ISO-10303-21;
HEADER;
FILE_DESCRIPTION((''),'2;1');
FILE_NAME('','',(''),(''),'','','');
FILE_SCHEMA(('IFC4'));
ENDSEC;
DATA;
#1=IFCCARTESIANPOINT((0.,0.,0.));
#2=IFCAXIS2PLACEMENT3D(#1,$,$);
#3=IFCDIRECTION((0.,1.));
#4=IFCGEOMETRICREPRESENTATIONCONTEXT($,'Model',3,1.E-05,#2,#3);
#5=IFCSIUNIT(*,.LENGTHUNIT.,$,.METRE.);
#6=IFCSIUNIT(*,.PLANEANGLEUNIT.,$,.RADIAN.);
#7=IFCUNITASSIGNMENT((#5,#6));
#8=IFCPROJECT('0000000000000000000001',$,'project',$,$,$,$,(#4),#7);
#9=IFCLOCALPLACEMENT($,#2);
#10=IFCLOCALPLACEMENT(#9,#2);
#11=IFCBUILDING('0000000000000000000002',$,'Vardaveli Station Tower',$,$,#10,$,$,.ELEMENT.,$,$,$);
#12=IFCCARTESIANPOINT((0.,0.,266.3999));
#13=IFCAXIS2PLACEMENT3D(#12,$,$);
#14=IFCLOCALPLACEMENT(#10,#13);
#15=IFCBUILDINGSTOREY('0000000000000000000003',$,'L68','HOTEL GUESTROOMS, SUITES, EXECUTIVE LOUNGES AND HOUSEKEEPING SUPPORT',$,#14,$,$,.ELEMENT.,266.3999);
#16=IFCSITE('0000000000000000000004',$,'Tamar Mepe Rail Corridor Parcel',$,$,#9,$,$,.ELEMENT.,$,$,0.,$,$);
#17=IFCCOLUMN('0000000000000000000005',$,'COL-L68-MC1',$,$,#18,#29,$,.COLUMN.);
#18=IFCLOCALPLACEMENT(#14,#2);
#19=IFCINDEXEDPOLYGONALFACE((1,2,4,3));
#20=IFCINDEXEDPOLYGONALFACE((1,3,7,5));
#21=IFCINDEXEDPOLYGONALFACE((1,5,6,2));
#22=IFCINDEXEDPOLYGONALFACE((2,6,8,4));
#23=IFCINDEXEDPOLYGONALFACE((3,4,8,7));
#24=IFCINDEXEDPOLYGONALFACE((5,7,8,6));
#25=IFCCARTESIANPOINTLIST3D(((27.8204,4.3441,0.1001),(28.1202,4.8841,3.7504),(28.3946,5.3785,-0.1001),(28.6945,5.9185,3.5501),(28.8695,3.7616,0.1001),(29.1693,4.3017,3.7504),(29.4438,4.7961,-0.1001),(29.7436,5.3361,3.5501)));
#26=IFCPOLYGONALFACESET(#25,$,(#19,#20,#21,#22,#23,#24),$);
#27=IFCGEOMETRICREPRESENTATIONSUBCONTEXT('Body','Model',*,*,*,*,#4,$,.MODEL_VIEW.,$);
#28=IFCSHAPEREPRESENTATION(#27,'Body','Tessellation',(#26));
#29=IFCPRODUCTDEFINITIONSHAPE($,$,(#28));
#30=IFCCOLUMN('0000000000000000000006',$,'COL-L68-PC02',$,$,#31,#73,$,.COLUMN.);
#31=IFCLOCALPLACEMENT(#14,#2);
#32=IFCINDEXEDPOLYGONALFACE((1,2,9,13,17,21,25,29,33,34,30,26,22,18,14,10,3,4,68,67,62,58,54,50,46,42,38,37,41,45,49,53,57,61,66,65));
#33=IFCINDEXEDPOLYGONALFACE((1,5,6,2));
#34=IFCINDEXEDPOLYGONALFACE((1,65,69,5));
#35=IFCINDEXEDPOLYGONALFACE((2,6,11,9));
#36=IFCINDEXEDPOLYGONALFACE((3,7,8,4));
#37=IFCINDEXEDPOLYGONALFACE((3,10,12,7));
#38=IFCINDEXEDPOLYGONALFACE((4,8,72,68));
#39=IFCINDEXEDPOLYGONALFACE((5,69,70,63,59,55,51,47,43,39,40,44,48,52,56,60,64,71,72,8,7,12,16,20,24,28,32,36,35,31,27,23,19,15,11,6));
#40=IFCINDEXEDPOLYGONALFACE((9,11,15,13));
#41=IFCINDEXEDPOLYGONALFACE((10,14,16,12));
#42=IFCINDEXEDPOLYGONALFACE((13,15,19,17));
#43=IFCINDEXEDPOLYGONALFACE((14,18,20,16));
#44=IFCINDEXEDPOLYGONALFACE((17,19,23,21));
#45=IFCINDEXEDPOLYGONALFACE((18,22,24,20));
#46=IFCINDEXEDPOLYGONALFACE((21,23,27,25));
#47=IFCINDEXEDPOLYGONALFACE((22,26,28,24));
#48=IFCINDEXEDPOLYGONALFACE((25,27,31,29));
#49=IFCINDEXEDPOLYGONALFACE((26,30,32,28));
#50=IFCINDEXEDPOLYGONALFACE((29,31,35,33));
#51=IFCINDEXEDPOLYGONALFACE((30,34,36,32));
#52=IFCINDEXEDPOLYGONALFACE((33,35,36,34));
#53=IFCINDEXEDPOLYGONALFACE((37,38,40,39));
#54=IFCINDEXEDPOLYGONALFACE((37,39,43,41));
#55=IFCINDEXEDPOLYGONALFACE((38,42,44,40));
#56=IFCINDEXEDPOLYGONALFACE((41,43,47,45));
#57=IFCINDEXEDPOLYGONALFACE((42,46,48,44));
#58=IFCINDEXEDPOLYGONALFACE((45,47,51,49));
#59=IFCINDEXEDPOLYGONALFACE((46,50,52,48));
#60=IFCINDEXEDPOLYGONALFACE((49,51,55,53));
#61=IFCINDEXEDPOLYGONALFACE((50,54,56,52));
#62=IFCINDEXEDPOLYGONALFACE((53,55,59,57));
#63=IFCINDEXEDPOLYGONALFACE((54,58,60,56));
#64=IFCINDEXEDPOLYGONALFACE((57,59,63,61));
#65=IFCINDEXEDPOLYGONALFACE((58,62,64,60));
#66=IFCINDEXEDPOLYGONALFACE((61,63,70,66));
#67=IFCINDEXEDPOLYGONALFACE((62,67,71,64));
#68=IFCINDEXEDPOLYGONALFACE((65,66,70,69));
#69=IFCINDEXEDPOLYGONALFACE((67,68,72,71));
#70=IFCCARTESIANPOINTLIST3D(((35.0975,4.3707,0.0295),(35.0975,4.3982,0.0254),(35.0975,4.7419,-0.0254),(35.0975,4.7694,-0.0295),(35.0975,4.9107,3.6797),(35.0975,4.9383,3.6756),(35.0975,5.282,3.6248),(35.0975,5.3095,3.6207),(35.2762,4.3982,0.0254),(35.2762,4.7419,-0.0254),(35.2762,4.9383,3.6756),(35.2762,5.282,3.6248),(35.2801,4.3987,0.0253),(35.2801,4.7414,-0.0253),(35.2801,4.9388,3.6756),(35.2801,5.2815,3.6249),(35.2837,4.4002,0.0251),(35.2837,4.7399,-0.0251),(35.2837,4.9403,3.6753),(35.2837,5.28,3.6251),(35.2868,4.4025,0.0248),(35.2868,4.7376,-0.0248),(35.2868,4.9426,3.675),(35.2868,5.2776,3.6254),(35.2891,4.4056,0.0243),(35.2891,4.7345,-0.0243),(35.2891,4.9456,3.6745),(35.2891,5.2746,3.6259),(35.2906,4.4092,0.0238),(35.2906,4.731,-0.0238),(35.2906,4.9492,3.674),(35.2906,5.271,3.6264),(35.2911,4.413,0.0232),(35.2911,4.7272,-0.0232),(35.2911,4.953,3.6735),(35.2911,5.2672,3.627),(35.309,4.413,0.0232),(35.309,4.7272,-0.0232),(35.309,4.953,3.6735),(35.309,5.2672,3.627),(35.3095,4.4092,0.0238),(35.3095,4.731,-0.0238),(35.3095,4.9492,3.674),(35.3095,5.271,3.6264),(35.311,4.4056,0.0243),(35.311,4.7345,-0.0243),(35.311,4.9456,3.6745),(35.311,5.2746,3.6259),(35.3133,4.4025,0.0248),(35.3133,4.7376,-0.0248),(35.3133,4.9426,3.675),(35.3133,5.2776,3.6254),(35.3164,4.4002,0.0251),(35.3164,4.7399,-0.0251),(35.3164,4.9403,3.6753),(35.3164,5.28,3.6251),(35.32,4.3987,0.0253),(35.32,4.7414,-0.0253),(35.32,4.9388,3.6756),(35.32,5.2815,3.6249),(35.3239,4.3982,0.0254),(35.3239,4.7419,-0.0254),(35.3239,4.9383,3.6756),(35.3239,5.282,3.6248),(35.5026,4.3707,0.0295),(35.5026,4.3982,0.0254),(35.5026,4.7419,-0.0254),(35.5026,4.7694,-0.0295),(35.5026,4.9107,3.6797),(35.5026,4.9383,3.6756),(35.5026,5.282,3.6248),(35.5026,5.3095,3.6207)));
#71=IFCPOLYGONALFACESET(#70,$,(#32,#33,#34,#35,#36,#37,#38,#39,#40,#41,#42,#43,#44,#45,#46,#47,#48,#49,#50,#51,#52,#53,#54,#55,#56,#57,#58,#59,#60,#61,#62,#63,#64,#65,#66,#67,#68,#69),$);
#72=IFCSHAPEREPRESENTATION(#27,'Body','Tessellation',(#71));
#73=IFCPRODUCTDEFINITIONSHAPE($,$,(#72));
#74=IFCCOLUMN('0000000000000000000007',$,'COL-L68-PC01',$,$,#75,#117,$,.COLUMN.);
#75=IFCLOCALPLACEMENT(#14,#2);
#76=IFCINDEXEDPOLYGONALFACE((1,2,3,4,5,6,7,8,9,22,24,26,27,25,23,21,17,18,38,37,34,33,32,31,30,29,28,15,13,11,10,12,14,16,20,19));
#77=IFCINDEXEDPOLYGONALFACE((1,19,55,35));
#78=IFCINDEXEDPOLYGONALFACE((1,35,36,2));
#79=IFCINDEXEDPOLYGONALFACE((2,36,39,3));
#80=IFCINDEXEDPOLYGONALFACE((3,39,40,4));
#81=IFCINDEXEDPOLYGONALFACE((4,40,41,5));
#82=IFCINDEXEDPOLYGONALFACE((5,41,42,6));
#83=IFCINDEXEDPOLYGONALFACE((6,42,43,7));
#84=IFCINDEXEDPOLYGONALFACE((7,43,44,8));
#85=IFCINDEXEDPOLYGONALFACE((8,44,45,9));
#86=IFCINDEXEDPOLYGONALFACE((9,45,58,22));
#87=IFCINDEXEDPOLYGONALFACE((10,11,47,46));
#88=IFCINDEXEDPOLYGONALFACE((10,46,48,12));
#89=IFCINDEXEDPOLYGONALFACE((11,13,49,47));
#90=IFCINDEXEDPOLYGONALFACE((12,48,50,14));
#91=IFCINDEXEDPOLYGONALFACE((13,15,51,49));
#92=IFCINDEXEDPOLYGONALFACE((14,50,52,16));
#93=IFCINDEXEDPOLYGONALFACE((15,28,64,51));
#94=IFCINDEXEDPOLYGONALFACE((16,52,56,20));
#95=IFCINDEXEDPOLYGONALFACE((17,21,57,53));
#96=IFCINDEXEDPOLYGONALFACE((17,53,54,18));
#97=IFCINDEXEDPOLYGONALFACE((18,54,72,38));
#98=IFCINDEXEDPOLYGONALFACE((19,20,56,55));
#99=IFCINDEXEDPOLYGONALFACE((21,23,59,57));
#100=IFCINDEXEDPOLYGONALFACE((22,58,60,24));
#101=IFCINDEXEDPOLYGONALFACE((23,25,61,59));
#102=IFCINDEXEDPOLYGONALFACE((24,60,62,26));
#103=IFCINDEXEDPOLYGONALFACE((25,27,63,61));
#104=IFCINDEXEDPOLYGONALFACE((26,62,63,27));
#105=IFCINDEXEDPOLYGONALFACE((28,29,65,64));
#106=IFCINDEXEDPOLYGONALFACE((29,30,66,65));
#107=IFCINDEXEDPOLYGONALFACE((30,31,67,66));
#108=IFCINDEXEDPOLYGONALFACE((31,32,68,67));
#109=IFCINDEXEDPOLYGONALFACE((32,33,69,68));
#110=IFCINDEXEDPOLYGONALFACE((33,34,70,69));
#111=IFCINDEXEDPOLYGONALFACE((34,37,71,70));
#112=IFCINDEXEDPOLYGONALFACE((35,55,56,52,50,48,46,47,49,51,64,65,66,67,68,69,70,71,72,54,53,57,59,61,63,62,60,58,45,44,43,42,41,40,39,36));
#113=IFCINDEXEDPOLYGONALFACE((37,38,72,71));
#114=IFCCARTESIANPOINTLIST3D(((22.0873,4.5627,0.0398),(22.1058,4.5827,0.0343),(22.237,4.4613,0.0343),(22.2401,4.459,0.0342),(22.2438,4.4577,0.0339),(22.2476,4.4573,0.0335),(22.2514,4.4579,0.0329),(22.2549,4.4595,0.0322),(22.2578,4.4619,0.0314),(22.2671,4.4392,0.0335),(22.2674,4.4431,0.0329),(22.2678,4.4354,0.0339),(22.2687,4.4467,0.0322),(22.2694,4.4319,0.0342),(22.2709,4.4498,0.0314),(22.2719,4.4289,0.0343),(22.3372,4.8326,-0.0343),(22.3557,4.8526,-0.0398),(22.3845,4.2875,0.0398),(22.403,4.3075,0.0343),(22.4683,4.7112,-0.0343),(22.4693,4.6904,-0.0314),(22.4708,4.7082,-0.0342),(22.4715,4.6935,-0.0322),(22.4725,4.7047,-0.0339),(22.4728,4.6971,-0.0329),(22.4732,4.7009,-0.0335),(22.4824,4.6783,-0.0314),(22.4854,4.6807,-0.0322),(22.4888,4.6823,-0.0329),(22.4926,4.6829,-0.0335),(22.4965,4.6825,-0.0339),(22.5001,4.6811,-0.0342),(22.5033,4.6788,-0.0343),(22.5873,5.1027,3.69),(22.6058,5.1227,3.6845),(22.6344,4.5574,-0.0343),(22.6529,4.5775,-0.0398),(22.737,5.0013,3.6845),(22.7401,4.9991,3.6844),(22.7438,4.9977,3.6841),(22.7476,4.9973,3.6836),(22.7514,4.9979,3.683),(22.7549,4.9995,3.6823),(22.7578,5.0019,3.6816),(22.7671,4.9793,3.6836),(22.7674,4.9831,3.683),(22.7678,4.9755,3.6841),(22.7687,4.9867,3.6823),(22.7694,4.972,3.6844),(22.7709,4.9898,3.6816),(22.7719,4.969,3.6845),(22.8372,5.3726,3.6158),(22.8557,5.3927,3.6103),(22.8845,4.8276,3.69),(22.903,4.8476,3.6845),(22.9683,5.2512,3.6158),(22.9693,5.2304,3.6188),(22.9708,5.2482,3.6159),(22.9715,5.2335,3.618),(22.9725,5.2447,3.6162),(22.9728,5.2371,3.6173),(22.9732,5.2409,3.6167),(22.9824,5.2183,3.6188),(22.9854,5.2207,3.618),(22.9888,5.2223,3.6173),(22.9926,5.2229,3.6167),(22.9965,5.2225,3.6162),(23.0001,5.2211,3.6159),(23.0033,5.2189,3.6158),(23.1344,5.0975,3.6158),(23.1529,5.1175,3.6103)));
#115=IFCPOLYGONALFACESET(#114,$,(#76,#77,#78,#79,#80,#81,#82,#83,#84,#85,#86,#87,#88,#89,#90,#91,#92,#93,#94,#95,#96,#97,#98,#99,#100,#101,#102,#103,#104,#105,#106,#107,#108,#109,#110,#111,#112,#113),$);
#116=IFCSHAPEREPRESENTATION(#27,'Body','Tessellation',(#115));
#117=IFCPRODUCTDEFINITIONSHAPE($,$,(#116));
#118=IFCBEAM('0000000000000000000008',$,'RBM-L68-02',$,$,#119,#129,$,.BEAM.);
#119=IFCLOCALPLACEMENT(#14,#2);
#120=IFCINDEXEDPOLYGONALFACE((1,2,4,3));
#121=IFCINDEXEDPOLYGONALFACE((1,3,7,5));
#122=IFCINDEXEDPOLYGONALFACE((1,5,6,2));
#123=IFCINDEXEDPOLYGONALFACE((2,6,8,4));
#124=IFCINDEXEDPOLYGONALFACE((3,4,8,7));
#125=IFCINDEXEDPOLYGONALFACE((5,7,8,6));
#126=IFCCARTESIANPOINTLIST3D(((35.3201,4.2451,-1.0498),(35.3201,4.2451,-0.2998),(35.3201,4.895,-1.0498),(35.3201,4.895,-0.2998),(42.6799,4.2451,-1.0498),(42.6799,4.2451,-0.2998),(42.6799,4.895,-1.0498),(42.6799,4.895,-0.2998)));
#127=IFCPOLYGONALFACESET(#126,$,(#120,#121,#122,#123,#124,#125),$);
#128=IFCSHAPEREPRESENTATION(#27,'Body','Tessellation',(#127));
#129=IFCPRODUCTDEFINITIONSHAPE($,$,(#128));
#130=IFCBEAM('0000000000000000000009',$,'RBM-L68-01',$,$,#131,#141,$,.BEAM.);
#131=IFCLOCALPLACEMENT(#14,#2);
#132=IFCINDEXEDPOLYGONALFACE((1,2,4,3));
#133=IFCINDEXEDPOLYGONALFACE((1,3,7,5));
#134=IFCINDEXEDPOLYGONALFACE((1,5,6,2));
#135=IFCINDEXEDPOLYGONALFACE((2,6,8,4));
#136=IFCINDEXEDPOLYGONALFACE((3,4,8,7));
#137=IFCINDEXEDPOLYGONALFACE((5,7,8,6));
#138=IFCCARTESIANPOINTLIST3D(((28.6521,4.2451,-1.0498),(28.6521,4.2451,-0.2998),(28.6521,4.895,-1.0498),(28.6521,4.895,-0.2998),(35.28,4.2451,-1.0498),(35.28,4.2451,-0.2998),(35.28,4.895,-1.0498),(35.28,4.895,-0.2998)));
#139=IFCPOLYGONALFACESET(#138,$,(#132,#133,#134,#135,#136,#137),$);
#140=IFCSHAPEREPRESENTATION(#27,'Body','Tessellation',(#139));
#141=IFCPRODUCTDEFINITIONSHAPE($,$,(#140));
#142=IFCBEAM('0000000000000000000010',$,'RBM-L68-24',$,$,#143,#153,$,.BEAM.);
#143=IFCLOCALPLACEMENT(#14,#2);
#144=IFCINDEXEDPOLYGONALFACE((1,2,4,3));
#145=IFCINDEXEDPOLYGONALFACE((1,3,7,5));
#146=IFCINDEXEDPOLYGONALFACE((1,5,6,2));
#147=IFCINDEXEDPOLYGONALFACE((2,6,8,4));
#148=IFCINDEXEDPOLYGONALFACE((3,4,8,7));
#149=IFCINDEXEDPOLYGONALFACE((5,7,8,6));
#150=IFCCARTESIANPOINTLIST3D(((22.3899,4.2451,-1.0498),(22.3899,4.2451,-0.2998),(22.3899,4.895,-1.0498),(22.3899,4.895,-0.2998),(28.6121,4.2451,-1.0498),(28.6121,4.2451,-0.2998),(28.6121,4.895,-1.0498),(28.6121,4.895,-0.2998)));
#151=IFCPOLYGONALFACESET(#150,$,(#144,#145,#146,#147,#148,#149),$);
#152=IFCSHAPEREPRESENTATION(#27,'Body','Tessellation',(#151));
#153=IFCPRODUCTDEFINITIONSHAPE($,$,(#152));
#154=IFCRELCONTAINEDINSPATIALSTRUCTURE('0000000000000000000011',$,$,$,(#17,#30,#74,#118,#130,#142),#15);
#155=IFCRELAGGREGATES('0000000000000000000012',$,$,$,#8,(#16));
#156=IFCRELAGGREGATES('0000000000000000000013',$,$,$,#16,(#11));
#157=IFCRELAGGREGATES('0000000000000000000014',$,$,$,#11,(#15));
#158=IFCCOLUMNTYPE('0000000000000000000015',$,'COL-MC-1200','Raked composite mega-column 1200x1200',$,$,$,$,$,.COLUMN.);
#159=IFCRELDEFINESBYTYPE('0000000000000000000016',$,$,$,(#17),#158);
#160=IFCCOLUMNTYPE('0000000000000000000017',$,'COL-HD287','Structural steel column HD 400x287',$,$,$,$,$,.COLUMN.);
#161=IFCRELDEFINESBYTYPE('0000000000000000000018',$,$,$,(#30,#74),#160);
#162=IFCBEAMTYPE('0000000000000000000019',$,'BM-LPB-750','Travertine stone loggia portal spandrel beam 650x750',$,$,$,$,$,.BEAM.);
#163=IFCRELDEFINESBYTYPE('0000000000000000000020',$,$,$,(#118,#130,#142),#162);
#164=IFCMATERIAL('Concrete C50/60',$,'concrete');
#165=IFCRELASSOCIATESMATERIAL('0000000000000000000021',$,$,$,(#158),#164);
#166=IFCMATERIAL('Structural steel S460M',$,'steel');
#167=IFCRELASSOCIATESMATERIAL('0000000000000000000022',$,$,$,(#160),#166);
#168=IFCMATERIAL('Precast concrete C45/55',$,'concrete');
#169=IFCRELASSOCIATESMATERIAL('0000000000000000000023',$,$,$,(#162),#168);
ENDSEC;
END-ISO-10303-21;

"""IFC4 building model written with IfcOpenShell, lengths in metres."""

from ifc_helpers import new_model, si_unit, direction, frame, origin, origin_2d, place, context, subcontext, project, spatial, rectangle, i_section, extrude, source, transform, mapped, material, material_profile, profile_set, type_object, element, save


model = new_model("IFC4")

# Units and contexts
model_context = context("Model", 3, precision=1e-05, world=origin(), true_north=direction((0.0, 1.0)))
body_context = subcontext(model_context, "Body", "Model", "MODEL_VIEW")
ifc_project = project(units=[si_unit("LENGTHUNIT", "METRE"), si_unit("PLANEANGLEUNIT", "RADIAN")], contexts=[model_context])

# Site, building, storey
site_placement = place(None, origin())
site = spatial("IfcSite", under=ifc_project, at=site_placement, Name="Tamar Mepe Rail Corridor Parcel", CompositionType="ELEMENT", RefElevation=0.0)
building_placement = place(site_placement, origin())
building = spatial("IfcBuilding", under=site, at=building_placement, Name="Vardaveli Station Tower", CompositionType="ELEMENT")
storey_placement = place(building_placement, frame((0.0, 0.0, 266.3999)))
storey = spatial("IfcBuildingStorey", under=building, at=storey_placement, Name="L68", Description="HOTEL GUESTROOMS, SUITES, EXECUTIVE LOUNGES AND HOUSEKEEPING SUPPORT", CompositionType="ELEMENT", Elevation=266.3999)

# Columns
ifc_material_1 = material(Name="Concrete C50/60", Category="concrete")
ifc_material_profile_1 = material_profile(ifc_material_1, rectangle(XDim=1.2, YDim=1.2, at=origin_2d()), Name="MC 1200x1200")
ifc_profile_set_1 = profile_set([ifc_material_profile_1], Name="Concrete C50/60")
column_type_1 = type_object("IfcColumnType", Name="COL-MC-1200", Description="Raked composite mega-column 1200x1200", PredefinedType="COLUMN", material=ifc_profile_set_1)
shared_shape_1 = source(origin(), body_context, "Body", "SweptSolid", [
    extrude(rectangle(XDim=1.2, YDim=1.2, at=origin_2d()), origin(), (0.0, 0.0, 1.0), 3.7021),
])
column_1_placement = place(storey_placement, frame((28.6321, 4.5701, 0.0), z_axis=(0.080984, 0.145876, 0.985983), x_axis=(-0.874306, 0.485374, 0.0)))
element("IfcColumn", 1, at=column_1_placement, inside=storey, type_object=column_type_1, Name="COL-L68-MC1", PredefinedType="COLUMN", context=body_context, shape_type="MappedRepresentation", body=[
    mapped(shared_shape_1, transform((0.0, 0.0, 0.0), scale=1.0)),
])
ifc_material_2 = material(Name="Structural steel S460M", Category="steel")
ifc_material_profile_2 = material_profile(ifc_material_2, i_section(OverallWidth=0.405, OverallDepth=0.4031, WebThickness=0.0178, FlangeThickness=0.0278, FilletRadius=0.0149, at=origin_2d()), Name="HD 400x287")
ifc_profile_set_2 = profile_set([ifc_material_profile_2], Name="Structural steel S460M")
column_type_2 = type_object("IfcColumnType", Name="COL-HD287", Description="Structural steel column HD 400x287", PredefinedType="COLUMN", material=ifc_profile_set_2)
shared_shape_2 = source(origin(), body_context, "Body", "SweptSolid", [
    extrude(i_section(OverallWidth=0.405, OverallDepth=0.4031, WebThickness=0.0178, FlangeThickness=0.0278, FilletRadius=0.0149, at=origin_2d()), origin(), (0.0, 0.0, 1.0), 3.6899),
])
column_2_placement = place(storey_placement, frame((35.3, 4.5701, 0.0), z_axis=(0.0, 0.146357, 0.989232), x_axis=(-1.0, 0.0, 0.0)))
element("IfcColumn", 2, at=column_2_placement, inside=storey, type_object=column_type_2, Name="COL-L68-PC02", PredefinedType="COLUMN", context=body_context, shape_type="MappedRepresentation", body=[
    mapped(shared_shape_2, transform((0.0, 0.0, 0.0), scale=1.0)),
])
shared_shape_3 = source(origin(), body_context, "Body", "SweptSolid", [
    extrude(i_section(OverallWidth=0.405, OverallDepth=0.4031, WebThickness=0.0178, FlangeThickness=0.0278, FilletRadius=0.0149, at=origin_2d()), origin(), (0.0, 0.0, 1.0), 3.7236),
])
column_3_placement = place(storey_placement, frame((22.3701, 4.5701, 0.0), z_axis=(0.134279, 0.145031, 0.980273), x_axis=(-0.733785, 0.679382, 0.0)))
element("IfcColumn", 3, at=column_3_placement, inside=storey, type_object=column_type_2, Name="COL-L68-PC01", PredefinedType="COLUMN", context=body_context, shape_type="MappedRepresentation", body=[
    mapped(shared_shape_3, transform((0.0, 0.0, 0.0), scale=1.0)),
])

# Beams
ifc_material_3 = material(Name="Precast concrete C45/55", Category="concrete")
ifc_material_profile_3 = material_profile(ifc_material_3, rectangle(XDim=0.6499, YDim=0.75, at=origin_2d()), Name="LPB 650x750")
ifc_profile_set_3 = profile_set([ifc_material_profile_3], Name="Precast concrete C45/55")
beam_type_1 = type_object("IfcBeamType", Name="BM-LPB-750", Description="Travertine stone loggia portal spandrel beam 650x750", PredefinedType="BEAM", material=ifc_profile_set_3)
shared_shape_4 = source(origin(), body_context, "Body", "SweptSolid", [
    extrude(rectangle(XDim=0.6499, YDim=0.75, at=origin_2d()), origin(), (0.0, 0.0, 1.0), 7.3599),
])
beam_1_placement = place(storey_placement, frame((35.3201, 4.5701, -0.6748), z_axis=(1.0, 0.0, 0.0), x_axis=(0.0, 1.0, 0.0)))
element("IfcBeam", 4, at=beam_1_placement, inside=storey, type_object=beam_type_1, Name="RBM-L68-02", PredefinedType="BEAM", context=body_context, shape_type="MappedRepresentation", body=[
    mapped(shared_shape_4, transform((0.0, 0.0, 0.0), scale=1.0)),
])
shared_shape_5 = source(origin(), body_context, "Body", "SweptSolid", [
    extrude(rectangle(XDim=0.6499, YDim=0.75, at=origin_2d()), origin(), (0.0, 0.0, 1.0), 6.6279),
])
beam_2_placement = place(storey_placement, frame((28.6521, 4.5701, -0.6748), z_axis=(1.0, 0.0, 0.0), x_axis=(0.0, 1.0, 0.0)))
element("IfcBeam", 5, at=beam_2_placement, inside=storey, type_object=beam_type_1, Name="RBM-L68-01", PredefinedType="BEAM", context=body_context, shape_type="MappedRepresentation", body=[
    mapped(shared_shape_5, transform((0.0, 0.0, 0.0), scale=1.0)),
])
shared_shape_6 = source(origin(), body_context, "Body", "SweptSolid", [
    extrude(rectangle(XDim=0.6499, YDim=0.75, at=origin_2d()), origin(), (0.0, 0.0, 1.0), 6.2222),
])
beam_3_placement = place(storey_placement, frame((22.3899, 4.5701, -0.6748), z_axis=(1.0, 0.0, 0.0), x_axis=(0.0, 1.0, 0.0)))
element("IfcBeam", 6, at=beam_3_placement, inside=storey, type_object=beam_type_1, Name="RBM-L68-24", PredefinedType="BEAM", context=body_context, shape_type="MappedRepresentation", body=[
    mapped(shared_shape_6, transform((0.0, 0.0, 0.0), scale=1.0)),
])

save(model, "model.ifc")
